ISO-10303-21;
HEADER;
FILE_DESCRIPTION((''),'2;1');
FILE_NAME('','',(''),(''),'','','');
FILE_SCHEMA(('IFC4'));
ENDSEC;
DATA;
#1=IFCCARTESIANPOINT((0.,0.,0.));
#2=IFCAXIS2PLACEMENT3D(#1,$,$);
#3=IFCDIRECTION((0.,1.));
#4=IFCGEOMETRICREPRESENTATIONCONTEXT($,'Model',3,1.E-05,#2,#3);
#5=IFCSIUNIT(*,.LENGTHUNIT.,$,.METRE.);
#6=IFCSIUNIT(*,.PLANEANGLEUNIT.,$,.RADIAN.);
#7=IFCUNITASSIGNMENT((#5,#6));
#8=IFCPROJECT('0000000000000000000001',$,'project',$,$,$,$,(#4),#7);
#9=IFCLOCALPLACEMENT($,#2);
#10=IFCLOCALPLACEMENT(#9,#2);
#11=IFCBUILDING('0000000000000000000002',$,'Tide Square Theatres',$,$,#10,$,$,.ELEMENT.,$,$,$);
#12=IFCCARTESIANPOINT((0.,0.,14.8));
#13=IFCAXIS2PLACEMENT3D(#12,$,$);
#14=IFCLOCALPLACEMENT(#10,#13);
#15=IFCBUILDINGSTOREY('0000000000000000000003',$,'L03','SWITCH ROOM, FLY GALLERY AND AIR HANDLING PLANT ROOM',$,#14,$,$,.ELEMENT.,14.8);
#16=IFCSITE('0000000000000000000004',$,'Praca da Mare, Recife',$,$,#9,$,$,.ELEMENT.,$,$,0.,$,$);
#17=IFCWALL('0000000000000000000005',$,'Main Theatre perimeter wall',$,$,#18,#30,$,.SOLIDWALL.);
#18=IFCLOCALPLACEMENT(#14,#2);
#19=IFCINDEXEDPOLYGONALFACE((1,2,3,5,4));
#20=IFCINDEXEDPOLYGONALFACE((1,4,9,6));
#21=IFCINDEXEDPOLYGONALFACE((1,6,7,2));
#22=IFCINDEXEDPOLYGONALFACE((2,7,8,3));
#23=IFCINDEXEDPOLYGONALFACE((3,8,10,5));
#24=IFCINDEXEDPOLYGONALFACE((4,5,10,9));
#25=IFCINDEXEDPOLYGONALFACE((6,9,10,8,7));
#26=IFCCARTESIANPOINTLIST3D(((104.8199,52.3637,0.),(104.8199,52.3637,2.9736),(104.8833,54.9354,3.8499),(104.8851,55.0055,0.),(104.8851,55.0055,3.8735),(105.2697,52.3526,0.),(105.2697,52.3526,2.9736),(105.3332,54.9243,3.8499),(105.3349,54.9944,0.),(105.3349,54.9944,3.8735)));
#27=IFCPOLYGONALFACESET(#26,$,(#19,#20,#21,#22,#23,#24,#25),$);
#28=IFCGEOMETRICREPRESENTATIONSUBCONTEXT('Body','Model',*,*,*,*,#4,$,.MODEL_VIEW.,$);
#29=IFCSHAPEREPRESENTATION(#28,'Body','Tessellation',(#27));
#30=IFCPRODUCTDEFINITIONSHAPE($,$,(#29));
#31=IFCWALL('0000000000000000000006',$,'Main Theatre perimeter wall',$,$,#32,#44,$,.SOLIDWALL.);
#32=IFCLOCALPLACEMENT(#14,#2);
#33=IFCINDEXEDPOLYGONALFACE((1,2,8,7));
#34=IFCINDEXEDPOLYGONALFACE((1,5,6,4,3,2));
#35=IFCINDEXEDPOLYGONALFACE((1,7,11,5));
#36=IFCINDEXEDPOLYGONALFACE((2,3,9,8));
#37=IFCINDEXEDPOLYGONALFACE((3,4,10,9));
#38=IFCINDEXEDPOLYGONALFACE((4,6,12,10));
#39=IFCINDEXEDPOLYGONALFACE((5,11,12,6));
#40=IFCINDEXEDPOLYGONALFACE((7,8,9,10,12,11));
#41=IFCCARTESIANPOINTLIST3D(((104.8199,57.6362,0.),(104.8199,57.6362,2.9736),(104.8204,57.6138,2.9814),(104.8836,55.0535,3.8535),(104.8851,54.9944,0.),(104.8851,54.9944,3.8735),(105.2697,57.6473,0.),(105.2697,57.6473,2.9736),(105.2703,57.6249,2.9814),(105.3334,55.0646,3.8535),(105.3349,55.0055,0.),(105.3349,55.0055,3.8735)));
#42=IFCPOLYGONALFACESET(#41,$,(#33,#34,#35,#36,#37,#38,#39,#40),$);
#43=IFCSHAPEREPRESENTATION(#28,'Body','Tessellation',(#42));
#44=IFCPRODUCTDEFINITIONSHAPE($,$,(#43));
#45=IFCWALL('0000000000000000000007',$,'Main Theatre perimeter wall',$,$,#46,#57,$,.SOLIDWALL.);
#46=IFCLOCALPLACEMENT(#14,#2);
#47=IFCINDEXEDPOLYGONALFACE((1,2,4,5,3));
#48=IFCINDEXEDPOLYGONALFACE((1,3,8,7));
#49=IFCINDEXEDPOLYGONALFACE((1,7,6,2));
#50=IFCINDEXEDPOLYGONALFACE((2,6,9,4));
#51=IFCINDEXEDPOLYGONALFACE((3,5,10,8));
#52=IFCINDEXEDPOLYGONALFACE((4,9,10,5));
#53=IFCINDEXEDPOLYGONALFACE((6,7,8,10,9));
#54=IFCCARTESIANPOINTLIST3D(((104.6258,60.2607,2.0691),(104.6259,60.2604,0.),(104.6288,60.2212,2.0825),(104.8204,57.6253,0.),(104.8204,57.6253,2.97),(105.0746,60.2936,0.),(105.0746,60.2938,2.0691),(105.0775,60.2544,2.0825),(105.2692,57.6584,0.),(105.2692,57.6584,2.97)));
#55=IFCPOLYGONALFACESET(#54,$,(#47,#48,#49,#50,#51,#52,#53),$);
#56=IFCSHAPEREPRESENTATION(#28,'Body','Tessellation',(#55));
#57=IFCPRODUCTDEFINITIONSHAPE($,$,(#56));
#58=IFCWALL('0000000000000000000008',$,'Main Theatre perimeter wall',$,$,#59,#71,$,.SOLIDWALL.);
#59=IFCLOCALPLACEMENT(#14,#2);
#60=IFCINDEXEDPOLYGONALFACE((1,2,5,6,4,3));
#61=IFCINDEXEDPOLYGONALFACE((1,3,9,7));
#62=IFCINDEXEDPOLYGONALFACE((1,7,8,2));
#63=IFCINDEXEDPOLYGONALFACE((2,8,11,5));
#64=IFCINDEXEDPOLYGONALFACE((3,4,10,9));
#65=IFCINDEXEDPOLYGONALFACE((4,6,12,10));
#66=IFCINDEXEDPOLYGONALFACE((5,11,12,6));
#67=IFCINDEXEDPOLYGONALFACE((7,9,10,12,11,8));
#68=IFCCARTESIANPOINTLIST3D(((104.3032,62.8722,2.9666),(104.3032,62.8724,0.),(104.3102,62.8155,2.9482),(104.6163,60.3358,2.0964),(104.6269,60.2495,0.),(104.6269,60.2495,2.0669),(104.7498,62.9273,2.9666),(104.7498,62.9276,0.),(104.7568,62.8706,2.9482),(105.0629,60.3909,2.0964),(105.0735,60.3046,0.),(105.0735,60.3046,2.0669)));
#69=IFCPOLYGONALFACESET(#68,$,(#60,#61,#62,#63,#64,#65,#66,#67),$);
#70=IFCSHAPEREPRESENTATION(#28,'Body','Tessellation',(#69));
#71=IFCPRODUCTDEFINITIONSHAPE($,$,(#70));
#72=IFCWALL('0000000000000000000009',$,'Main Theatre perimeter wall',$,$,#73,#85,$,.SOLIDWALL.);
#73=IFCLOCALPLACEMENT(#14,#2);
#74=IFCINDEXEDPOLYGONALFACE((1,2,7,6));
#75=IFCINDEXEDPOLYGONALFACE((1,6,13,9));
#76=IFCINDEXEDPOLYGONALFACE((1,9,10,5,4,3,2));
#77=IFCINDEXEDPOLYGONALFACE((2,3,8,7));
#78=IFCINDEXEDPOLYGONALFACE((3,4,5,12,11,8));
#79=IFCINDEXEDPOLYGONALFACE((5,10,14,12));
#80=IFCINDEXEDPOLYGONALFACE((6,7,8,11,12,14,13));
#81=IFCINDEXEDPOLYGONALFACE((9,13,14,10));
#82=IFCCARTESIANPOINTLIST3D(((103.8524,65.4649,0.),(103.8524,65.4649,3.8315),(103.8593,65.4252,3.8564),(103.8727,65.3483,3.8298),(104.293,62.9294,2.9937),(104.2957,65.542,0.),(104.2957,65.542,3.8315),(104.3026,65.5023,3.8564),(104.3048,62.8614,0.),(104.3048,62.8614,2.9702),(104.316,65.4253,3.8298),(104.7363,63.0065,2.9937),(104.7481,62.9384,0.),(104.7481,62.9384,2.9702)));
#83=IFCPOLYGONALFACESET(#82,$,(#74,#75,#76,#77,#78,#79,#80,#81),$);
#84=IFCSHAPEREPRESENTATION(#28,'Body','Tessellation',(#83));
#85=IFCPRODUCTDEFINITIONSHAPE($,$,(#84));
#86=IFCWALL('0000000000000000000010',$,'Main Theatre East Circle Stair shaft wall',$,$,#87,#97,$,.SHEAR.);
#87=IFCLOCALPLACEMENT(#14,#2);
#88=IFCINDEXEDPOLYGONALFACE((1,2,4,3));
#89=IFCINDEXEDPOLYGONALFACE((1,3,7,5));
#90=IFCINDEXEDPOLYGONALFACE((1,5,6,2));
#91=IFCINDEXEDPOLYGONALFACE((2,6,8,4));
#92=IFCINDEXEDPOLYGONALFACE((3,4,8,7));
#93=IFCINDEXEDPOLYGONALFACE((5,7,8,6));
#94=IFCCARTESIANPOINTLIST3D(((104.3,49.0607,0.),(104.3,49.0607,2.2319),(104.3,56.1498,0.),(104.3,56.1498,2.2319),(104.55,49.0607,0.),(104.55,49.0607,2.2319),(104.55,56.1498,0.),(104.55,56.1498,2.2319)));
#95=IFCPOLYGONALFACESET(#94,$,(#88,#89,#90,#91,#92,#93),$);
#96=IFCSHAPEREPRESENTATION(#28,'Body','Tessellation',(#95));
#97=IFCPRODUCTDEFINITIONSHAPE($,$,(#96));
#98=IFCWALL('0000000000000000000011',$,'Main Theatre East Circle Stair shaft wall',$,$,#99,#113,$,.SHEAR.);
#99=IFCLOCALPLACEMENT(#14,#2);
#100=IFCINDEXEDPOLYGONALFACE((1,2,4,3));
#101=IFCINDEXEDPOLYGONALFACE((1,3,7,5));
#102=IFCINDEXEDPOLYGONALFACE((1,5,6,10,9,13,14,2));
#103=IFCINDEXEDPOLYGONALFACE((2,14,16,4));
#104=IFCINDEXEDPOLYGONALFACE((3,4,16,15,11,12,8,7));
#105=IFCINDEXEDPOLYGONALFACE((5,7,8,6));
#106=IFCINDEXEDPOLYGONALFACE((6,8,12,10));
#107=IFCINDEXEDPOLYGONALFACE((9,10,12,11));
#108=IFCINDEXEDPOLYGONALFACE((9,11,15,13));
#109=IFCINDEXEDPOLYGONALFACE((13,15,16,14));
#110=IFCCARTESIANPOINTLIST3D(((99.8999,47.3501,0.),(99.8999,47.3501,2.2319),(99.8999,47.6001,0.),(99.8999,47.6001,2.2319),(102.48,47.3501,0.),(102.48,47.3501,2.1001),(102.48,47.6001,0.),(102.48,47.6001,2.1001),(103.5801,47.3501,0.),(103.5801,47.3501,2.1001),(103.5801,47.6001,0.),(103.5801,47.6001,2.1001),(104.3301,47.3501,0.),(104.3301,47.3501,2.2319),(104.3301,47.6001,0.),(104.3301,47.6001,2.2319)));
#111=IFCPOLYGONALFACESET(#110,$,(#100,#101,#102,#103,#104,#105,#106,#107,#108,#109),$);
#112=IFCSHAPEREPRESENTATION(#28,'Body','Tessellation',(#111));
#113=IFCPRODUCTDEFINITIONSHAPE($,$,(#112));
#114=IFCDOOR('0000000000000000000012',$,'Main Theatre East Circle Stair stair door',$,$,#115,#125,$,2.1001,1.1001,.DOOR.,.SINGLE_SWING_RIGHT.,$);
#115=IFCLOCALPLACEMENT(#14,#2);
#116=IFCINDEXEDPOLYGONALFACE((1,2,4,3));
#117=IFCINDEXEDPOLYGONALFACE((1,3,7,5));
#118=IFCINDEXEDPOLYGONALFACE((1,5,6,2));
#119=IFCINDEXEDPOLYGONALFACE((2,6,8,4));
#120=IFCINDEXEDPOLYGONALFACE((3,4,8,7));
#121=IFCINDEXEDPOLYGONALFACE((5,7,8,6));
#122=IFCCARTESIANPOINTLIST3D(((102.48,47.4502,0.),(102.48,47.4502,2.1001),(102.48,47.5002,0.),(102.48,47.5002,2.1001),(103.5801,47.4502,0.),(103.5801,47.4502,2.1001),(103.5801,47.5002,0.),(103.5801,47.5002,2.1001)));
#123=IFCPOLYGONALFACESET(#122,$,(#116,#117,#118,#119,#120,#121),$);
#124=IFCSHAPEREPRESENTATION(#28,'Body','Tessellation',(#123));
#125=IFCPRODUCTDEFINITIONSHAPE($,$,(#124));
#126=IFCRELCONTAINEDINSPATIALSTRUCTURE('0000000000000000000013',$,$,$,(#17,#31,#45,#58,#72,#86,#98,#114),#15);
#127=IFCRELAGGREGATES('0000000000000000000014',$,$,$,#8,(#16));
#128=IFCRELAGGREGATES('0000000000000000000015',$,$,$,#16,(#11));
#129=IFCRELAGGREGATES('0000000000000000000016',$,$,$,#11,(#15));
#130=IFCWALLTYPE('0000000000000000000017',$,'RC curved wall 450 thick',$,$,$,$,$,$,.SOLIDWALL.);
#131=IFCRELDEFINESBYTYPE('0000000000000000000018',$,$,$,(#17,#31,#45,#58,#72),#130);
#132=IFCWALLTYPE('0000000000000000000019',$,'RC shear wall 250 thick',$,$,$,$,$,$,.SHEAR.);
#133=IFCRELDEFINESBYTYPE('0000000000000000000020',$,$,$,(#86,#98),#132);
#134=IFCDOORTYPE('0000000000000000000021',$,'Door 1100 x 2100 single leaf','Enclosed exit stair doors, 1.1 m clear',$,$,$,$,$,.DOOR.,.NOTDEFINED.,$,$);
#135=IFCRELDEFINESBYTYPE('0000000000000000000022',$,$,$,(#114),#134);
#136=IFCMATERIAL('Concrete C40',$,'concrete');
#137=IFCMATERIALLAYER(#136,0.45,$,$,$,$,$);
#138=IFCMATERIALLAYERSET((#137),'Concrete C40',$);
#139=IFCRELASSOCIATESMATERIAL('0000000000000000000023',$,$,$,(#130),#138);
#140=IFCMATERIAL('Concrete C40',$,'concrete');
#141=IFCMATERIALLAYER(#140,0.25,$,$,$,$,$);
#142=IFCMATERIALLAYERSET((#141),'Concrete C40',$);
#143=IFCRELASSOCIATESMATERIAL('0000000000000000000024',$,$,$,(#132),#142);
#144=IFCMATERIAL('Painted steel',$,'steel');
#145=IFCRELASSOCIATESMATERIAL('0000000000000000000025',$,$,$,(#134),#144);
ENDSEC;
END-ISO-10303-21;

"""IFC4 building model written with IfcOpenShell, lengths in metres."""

from ifc_helpers import new_model, si_unit, direction, frame, frame_2d, origin, place, context, subcontext, project, spatial, polyline, rectangle, outline, extrude, material, layer, layer_set, type_object, element, fill, save


model = new_model("IFC4")

# Units and contexts
model_context = context("Model", 3, precision=1e-05, world=origin(), true_north=direction((0.0, 1.0)))
body_context = subcontext(model_context, "Body", "Model", "MODEL_VIEW")
ifc_project = project(units=[si_unit("LENGTHUNIT", "METRE"), si_unit("PLANEANGLEUNIT", "RADIAN")], contexts=[model_context])

# Site, building, storey
site_placement = place(None, origin())
site = spatial("IfcSite", under=ifc_project, at=site_placement, Name="Praca da Mare, Recife", CompositionType="ELEMENT", RefElevation=0.0)
building_placement = place(site_placement, origin())
building = spatial("IfcBuilding", under=site, at=building_placement, Name="Tide Square Theatres", CompositionType="ELEMENT")
storey_placement = place(building_placement, frame((0.0, 0.0, 14.8)))
storey = spatial("IfcBuildingStorey", under=building, at=storey_placement, Name="L03", Description="SWITCH ROOM, FLY GALLERY AND AIR HANDLING PLANT ROOM", CompositionType="ELEMENT", Elevation=14.8)

# Walls
ifc_material_1 = material(Name="Concrete C40", Category="concrete")
ifc_layer_1 = layer(ifc_material_1, 0.45)
ifc_layer_set_1 = layer_set([ifc_layer_1], Name="Concrete C40")
wall_type_1 = type_object("IfcWallType", Name="RC curved wall 450 thick", PredefinedType="SOLIDWALL", material=ifc_layer_set_1)
wall_1_placement = place(storey_placement, frame((105.0449, 52.3582, 0.0), z_axis=(0.0, 0.0, 1.0), x_axis=(0.024667, 0.999696, 0.0)))
element("IfcWall", 1, at=wall_1_placement, inside=storey, type_object=wall_type_1, Name="Main Theatre perimeter wall", PredefinedType="SOLIDWALL", context=body_context, shape_type="SweptSolid", body=[
    extrude(outline(polyline([(0.0, 0.0), (2.6426, 0.0), (2.6426, 3.8735), (2.5725, 3.8499), (0.0, 2.9736), (0.0, 0.0)])), frame((0.0, 0.2251, 0.0), z_axis=(0.0, -1.0, 0.0), x_axis=(1.0, 0.0, 0.0)), (0.0, 0.0, 1.0), 0.45),
])
wall_2_placement = place(storey_placement, frame((105.1101, 55.0, 0.0), z_axis=(0.0, 0.0, 1.0), x_axis=(-0.024667, 0.999696, 0.0)))
element("IfcWall", 2, at=wall_2_placement, inside=storey, type_object=wall_type_1, Name="Main Theatre perimeter wall", PredefinedType="SOLIDWALL", context=body_context, shape_type="SweptSolid", body=[
    extrude(outline(polyline([(0.0, 0.0), (2.6426, 0.0), (2.6426, 2.9736), (2.6201, 2.9814), (0.0591, 3.8535), (0.0, 3.8735), (0.0, 0.0)])), frame((0.0, 0.2251, 0.0), z_axis=(0.0, -1.0, 0.0), x_axis=(1.0, 0.0, 0.0)), (0.0, 0.0, 1.0), 0.45),
])
wall_3_placement = place(storey_placement, frame((105.0449, 57.6418, 0.0), z_axis=(0.0, 0.0, 1.0), x_axis=(-0.073637, 0.997285, 0.0)))
element("IfcWall", 3, at=wall_3_placement, inside=storey, type_object=wall_type_1, Name="Main Theatre perimeter wall", PredefinedType="SOLIDWALL", context=body_context, shape_type="SweptSolid", body=[
    extrude(outline(polyline([(0.0, 0.0), (2.6423, 0.0), (2.6426, 2.0691), (2.603, 2.0825), (0.0, 2.97), (0.0, 0.0)])), frame((0.0, 0.2251, 0.0), z_axis=(0.0, -1.0, 0.0), x_axis=(1.0, 0.0, 0.0)), (0.0, 0.0, 1.0), 0.45),
])
wall_4_placement = place(storey_placement, frame((104.8503, 60.2771, 0.0), z_axis=(0.0, 0.0, 1.0), x_axis=(-0.1225, 0.992469, 0.0)))
element("IfcWall", 4, at=wall_4_placement, inside=storey, type_object=wall_type_1, Name="Main Theatre perimeter wall", PredefinedType="SOLIDWALL", context=body_context, shape_type="SweptSolid", body=[
    extrude(outline(polyline([(0.0, 0.0), (2.6428, 0.0), (2.6426, 2.9666), (2.5854, 2.9482), (0.0869, 2.0964), (0.0, 2.0669), (0.0, 0.0)])), frame((0.0, 0.2251, 0.0), z_axis=(0.0, -1.0, 0.0), x_axis=(1.0, 0.0, 0.0)), (0.0, 0.0, 1.0), 0.45),
])
wall_5_placement = place(storey_placement, frame((104.5266, 62.8999, 0.0), z_axis=(0.0, 0.0, 1.0), x_axis=(-0.171197, 0.985237, 0.0)))
element("IfcWall", 5, at=wall_5_placement, inside=storey, type_object=wall_type_1, Name="Main Theatre perimeter wall", PredefinedType="SOLIDWALL", context=body_context, shape_type="SweptSolid", body=[
    extrude(outline(polyline([(0.0, 0.0), (2.6426, 0.0), (2.6426, 3.8315), (2.6023, 3.8564), (2.5242, 3.8298), (0.0691, 2.9937), (0.0, 2.9702), (0.0, 0.0)])), frame((0.0, 0.2251, 0.0), z_axis=(0.0, -1.0, 0.0), x_axis=(1.0, 0.0, 0.0)), (0.0, 0.0, 1.0), 0.45),
])
ifc_material_2 = material(Name="Concrete C40", Category="concrete")
ifc_layer_2 = layer(ifc_material_2, 0.25)
ifc_layer_set_2 = layer_set([ifc_layer_2], Name="Concrete C40")
wall_type_2 = type_object("IfcWallType", Name="RC shear wall 250 thick", PredefinedType="SHEAR", material=ifc_layer_set_2)
wall_6_placement = place(storey_placement, frame((104.425, 49.0608, 0.0), z_axis=(0.0, 0.0, 1.0), x_axis=(0.0, 1.0, 0.0)))
element("IfcWall", 6, at=wall_6_placement, inside=storey, type_object=wall_type_2, Name="Main Theatre East Circle Stair shaft wall", PredefinedType="SHEAR", context=body_context, shape_type="SweptSolid", body=[
    extrude(rectangle(XDim=7.0891, YDim=0.25, at=frame_2d((3.5444, 0.0))), origin(), (0.0, 0.0, 1.0), 2.2319),
])

# Wall, opening, door
wall_7_placement = place(storey_placement, frame((104.3301, 47.4751, 0.0), z_axis=(0.0, 0.0, 1.0), x_axis=(-1.0, 0.0, 0.0)))
wall_7 = element("IfcWall", 7, at=wall_7_placement, inside=storey, type_object=wall_type_2, Name="Main Theatre East Circle Stair shaft wall", PredefinedType="SHEAR", context=body_context, shape_type="SweptSolid", body=[
    extrude(rectangle(XDim=4.4302, YDim=0.25, at=frame_2d((2.2151, 0.0))), origin(), (0.0, 0.0, 1.0), 2.2319),
])
opening_placement = place(wall_7_placement, frame((0.75, 0.0, 0.0)))
opening = element("IfcOpeningElement", 8, at=opening_placement, cuts=wall_7, PredefinedType="OPENING", context=body_context, shape_type="SweptSolid", body=[
    extrude(rectangle(XDim=1.1001, YDim=2.1001, at=frame_2d((0.55, 1.05))), frame((0.0, 0.135, 0.0), z_axis=(0.0, -1.0, 0.0), x_axis=(1.0, 0.0, 0.0)), (0.0, 0.0, 1.0), 0.27),
])
ifc_material_3 = material(Name="Painted steel", Category="steel")
door_type = type_object("IfcDoorType", Name="Door 1100 x 2100 single leaf", Description="Enclosed exit stair doors, 1.1 m clear", OperationType="NOTDEFINED", PredefinedType="DOOR", material=ifc_material_3)
door_placement = place(opening_placement, origin())
door = element("IfcDoor", 9, at=door_placement, inside=storey, type_object=door_type, Name="Main Theatre East Circle Stair stair door", OperationType="SINGLE_SWING_RIGHT", OverallHeight=2.1001, OverallWidth=1.1001, PredefinedType="DOOR", context=body_context, shape_type="SweptSolid", body=[
    extrude(rectangle(XDim=1.1001, YDim=2.1001, at=frame_2d((0.55, 1.05))), frame((0.0, 0.0249, 0.0), z_axis=(0.0, -1.0, 0.0), x_axis=(1.0, 0.0, 0.0)), (0.0, 0.0, 1.0), 0.05),
])
fill(opening, door)

save(model, "model.ifc")
